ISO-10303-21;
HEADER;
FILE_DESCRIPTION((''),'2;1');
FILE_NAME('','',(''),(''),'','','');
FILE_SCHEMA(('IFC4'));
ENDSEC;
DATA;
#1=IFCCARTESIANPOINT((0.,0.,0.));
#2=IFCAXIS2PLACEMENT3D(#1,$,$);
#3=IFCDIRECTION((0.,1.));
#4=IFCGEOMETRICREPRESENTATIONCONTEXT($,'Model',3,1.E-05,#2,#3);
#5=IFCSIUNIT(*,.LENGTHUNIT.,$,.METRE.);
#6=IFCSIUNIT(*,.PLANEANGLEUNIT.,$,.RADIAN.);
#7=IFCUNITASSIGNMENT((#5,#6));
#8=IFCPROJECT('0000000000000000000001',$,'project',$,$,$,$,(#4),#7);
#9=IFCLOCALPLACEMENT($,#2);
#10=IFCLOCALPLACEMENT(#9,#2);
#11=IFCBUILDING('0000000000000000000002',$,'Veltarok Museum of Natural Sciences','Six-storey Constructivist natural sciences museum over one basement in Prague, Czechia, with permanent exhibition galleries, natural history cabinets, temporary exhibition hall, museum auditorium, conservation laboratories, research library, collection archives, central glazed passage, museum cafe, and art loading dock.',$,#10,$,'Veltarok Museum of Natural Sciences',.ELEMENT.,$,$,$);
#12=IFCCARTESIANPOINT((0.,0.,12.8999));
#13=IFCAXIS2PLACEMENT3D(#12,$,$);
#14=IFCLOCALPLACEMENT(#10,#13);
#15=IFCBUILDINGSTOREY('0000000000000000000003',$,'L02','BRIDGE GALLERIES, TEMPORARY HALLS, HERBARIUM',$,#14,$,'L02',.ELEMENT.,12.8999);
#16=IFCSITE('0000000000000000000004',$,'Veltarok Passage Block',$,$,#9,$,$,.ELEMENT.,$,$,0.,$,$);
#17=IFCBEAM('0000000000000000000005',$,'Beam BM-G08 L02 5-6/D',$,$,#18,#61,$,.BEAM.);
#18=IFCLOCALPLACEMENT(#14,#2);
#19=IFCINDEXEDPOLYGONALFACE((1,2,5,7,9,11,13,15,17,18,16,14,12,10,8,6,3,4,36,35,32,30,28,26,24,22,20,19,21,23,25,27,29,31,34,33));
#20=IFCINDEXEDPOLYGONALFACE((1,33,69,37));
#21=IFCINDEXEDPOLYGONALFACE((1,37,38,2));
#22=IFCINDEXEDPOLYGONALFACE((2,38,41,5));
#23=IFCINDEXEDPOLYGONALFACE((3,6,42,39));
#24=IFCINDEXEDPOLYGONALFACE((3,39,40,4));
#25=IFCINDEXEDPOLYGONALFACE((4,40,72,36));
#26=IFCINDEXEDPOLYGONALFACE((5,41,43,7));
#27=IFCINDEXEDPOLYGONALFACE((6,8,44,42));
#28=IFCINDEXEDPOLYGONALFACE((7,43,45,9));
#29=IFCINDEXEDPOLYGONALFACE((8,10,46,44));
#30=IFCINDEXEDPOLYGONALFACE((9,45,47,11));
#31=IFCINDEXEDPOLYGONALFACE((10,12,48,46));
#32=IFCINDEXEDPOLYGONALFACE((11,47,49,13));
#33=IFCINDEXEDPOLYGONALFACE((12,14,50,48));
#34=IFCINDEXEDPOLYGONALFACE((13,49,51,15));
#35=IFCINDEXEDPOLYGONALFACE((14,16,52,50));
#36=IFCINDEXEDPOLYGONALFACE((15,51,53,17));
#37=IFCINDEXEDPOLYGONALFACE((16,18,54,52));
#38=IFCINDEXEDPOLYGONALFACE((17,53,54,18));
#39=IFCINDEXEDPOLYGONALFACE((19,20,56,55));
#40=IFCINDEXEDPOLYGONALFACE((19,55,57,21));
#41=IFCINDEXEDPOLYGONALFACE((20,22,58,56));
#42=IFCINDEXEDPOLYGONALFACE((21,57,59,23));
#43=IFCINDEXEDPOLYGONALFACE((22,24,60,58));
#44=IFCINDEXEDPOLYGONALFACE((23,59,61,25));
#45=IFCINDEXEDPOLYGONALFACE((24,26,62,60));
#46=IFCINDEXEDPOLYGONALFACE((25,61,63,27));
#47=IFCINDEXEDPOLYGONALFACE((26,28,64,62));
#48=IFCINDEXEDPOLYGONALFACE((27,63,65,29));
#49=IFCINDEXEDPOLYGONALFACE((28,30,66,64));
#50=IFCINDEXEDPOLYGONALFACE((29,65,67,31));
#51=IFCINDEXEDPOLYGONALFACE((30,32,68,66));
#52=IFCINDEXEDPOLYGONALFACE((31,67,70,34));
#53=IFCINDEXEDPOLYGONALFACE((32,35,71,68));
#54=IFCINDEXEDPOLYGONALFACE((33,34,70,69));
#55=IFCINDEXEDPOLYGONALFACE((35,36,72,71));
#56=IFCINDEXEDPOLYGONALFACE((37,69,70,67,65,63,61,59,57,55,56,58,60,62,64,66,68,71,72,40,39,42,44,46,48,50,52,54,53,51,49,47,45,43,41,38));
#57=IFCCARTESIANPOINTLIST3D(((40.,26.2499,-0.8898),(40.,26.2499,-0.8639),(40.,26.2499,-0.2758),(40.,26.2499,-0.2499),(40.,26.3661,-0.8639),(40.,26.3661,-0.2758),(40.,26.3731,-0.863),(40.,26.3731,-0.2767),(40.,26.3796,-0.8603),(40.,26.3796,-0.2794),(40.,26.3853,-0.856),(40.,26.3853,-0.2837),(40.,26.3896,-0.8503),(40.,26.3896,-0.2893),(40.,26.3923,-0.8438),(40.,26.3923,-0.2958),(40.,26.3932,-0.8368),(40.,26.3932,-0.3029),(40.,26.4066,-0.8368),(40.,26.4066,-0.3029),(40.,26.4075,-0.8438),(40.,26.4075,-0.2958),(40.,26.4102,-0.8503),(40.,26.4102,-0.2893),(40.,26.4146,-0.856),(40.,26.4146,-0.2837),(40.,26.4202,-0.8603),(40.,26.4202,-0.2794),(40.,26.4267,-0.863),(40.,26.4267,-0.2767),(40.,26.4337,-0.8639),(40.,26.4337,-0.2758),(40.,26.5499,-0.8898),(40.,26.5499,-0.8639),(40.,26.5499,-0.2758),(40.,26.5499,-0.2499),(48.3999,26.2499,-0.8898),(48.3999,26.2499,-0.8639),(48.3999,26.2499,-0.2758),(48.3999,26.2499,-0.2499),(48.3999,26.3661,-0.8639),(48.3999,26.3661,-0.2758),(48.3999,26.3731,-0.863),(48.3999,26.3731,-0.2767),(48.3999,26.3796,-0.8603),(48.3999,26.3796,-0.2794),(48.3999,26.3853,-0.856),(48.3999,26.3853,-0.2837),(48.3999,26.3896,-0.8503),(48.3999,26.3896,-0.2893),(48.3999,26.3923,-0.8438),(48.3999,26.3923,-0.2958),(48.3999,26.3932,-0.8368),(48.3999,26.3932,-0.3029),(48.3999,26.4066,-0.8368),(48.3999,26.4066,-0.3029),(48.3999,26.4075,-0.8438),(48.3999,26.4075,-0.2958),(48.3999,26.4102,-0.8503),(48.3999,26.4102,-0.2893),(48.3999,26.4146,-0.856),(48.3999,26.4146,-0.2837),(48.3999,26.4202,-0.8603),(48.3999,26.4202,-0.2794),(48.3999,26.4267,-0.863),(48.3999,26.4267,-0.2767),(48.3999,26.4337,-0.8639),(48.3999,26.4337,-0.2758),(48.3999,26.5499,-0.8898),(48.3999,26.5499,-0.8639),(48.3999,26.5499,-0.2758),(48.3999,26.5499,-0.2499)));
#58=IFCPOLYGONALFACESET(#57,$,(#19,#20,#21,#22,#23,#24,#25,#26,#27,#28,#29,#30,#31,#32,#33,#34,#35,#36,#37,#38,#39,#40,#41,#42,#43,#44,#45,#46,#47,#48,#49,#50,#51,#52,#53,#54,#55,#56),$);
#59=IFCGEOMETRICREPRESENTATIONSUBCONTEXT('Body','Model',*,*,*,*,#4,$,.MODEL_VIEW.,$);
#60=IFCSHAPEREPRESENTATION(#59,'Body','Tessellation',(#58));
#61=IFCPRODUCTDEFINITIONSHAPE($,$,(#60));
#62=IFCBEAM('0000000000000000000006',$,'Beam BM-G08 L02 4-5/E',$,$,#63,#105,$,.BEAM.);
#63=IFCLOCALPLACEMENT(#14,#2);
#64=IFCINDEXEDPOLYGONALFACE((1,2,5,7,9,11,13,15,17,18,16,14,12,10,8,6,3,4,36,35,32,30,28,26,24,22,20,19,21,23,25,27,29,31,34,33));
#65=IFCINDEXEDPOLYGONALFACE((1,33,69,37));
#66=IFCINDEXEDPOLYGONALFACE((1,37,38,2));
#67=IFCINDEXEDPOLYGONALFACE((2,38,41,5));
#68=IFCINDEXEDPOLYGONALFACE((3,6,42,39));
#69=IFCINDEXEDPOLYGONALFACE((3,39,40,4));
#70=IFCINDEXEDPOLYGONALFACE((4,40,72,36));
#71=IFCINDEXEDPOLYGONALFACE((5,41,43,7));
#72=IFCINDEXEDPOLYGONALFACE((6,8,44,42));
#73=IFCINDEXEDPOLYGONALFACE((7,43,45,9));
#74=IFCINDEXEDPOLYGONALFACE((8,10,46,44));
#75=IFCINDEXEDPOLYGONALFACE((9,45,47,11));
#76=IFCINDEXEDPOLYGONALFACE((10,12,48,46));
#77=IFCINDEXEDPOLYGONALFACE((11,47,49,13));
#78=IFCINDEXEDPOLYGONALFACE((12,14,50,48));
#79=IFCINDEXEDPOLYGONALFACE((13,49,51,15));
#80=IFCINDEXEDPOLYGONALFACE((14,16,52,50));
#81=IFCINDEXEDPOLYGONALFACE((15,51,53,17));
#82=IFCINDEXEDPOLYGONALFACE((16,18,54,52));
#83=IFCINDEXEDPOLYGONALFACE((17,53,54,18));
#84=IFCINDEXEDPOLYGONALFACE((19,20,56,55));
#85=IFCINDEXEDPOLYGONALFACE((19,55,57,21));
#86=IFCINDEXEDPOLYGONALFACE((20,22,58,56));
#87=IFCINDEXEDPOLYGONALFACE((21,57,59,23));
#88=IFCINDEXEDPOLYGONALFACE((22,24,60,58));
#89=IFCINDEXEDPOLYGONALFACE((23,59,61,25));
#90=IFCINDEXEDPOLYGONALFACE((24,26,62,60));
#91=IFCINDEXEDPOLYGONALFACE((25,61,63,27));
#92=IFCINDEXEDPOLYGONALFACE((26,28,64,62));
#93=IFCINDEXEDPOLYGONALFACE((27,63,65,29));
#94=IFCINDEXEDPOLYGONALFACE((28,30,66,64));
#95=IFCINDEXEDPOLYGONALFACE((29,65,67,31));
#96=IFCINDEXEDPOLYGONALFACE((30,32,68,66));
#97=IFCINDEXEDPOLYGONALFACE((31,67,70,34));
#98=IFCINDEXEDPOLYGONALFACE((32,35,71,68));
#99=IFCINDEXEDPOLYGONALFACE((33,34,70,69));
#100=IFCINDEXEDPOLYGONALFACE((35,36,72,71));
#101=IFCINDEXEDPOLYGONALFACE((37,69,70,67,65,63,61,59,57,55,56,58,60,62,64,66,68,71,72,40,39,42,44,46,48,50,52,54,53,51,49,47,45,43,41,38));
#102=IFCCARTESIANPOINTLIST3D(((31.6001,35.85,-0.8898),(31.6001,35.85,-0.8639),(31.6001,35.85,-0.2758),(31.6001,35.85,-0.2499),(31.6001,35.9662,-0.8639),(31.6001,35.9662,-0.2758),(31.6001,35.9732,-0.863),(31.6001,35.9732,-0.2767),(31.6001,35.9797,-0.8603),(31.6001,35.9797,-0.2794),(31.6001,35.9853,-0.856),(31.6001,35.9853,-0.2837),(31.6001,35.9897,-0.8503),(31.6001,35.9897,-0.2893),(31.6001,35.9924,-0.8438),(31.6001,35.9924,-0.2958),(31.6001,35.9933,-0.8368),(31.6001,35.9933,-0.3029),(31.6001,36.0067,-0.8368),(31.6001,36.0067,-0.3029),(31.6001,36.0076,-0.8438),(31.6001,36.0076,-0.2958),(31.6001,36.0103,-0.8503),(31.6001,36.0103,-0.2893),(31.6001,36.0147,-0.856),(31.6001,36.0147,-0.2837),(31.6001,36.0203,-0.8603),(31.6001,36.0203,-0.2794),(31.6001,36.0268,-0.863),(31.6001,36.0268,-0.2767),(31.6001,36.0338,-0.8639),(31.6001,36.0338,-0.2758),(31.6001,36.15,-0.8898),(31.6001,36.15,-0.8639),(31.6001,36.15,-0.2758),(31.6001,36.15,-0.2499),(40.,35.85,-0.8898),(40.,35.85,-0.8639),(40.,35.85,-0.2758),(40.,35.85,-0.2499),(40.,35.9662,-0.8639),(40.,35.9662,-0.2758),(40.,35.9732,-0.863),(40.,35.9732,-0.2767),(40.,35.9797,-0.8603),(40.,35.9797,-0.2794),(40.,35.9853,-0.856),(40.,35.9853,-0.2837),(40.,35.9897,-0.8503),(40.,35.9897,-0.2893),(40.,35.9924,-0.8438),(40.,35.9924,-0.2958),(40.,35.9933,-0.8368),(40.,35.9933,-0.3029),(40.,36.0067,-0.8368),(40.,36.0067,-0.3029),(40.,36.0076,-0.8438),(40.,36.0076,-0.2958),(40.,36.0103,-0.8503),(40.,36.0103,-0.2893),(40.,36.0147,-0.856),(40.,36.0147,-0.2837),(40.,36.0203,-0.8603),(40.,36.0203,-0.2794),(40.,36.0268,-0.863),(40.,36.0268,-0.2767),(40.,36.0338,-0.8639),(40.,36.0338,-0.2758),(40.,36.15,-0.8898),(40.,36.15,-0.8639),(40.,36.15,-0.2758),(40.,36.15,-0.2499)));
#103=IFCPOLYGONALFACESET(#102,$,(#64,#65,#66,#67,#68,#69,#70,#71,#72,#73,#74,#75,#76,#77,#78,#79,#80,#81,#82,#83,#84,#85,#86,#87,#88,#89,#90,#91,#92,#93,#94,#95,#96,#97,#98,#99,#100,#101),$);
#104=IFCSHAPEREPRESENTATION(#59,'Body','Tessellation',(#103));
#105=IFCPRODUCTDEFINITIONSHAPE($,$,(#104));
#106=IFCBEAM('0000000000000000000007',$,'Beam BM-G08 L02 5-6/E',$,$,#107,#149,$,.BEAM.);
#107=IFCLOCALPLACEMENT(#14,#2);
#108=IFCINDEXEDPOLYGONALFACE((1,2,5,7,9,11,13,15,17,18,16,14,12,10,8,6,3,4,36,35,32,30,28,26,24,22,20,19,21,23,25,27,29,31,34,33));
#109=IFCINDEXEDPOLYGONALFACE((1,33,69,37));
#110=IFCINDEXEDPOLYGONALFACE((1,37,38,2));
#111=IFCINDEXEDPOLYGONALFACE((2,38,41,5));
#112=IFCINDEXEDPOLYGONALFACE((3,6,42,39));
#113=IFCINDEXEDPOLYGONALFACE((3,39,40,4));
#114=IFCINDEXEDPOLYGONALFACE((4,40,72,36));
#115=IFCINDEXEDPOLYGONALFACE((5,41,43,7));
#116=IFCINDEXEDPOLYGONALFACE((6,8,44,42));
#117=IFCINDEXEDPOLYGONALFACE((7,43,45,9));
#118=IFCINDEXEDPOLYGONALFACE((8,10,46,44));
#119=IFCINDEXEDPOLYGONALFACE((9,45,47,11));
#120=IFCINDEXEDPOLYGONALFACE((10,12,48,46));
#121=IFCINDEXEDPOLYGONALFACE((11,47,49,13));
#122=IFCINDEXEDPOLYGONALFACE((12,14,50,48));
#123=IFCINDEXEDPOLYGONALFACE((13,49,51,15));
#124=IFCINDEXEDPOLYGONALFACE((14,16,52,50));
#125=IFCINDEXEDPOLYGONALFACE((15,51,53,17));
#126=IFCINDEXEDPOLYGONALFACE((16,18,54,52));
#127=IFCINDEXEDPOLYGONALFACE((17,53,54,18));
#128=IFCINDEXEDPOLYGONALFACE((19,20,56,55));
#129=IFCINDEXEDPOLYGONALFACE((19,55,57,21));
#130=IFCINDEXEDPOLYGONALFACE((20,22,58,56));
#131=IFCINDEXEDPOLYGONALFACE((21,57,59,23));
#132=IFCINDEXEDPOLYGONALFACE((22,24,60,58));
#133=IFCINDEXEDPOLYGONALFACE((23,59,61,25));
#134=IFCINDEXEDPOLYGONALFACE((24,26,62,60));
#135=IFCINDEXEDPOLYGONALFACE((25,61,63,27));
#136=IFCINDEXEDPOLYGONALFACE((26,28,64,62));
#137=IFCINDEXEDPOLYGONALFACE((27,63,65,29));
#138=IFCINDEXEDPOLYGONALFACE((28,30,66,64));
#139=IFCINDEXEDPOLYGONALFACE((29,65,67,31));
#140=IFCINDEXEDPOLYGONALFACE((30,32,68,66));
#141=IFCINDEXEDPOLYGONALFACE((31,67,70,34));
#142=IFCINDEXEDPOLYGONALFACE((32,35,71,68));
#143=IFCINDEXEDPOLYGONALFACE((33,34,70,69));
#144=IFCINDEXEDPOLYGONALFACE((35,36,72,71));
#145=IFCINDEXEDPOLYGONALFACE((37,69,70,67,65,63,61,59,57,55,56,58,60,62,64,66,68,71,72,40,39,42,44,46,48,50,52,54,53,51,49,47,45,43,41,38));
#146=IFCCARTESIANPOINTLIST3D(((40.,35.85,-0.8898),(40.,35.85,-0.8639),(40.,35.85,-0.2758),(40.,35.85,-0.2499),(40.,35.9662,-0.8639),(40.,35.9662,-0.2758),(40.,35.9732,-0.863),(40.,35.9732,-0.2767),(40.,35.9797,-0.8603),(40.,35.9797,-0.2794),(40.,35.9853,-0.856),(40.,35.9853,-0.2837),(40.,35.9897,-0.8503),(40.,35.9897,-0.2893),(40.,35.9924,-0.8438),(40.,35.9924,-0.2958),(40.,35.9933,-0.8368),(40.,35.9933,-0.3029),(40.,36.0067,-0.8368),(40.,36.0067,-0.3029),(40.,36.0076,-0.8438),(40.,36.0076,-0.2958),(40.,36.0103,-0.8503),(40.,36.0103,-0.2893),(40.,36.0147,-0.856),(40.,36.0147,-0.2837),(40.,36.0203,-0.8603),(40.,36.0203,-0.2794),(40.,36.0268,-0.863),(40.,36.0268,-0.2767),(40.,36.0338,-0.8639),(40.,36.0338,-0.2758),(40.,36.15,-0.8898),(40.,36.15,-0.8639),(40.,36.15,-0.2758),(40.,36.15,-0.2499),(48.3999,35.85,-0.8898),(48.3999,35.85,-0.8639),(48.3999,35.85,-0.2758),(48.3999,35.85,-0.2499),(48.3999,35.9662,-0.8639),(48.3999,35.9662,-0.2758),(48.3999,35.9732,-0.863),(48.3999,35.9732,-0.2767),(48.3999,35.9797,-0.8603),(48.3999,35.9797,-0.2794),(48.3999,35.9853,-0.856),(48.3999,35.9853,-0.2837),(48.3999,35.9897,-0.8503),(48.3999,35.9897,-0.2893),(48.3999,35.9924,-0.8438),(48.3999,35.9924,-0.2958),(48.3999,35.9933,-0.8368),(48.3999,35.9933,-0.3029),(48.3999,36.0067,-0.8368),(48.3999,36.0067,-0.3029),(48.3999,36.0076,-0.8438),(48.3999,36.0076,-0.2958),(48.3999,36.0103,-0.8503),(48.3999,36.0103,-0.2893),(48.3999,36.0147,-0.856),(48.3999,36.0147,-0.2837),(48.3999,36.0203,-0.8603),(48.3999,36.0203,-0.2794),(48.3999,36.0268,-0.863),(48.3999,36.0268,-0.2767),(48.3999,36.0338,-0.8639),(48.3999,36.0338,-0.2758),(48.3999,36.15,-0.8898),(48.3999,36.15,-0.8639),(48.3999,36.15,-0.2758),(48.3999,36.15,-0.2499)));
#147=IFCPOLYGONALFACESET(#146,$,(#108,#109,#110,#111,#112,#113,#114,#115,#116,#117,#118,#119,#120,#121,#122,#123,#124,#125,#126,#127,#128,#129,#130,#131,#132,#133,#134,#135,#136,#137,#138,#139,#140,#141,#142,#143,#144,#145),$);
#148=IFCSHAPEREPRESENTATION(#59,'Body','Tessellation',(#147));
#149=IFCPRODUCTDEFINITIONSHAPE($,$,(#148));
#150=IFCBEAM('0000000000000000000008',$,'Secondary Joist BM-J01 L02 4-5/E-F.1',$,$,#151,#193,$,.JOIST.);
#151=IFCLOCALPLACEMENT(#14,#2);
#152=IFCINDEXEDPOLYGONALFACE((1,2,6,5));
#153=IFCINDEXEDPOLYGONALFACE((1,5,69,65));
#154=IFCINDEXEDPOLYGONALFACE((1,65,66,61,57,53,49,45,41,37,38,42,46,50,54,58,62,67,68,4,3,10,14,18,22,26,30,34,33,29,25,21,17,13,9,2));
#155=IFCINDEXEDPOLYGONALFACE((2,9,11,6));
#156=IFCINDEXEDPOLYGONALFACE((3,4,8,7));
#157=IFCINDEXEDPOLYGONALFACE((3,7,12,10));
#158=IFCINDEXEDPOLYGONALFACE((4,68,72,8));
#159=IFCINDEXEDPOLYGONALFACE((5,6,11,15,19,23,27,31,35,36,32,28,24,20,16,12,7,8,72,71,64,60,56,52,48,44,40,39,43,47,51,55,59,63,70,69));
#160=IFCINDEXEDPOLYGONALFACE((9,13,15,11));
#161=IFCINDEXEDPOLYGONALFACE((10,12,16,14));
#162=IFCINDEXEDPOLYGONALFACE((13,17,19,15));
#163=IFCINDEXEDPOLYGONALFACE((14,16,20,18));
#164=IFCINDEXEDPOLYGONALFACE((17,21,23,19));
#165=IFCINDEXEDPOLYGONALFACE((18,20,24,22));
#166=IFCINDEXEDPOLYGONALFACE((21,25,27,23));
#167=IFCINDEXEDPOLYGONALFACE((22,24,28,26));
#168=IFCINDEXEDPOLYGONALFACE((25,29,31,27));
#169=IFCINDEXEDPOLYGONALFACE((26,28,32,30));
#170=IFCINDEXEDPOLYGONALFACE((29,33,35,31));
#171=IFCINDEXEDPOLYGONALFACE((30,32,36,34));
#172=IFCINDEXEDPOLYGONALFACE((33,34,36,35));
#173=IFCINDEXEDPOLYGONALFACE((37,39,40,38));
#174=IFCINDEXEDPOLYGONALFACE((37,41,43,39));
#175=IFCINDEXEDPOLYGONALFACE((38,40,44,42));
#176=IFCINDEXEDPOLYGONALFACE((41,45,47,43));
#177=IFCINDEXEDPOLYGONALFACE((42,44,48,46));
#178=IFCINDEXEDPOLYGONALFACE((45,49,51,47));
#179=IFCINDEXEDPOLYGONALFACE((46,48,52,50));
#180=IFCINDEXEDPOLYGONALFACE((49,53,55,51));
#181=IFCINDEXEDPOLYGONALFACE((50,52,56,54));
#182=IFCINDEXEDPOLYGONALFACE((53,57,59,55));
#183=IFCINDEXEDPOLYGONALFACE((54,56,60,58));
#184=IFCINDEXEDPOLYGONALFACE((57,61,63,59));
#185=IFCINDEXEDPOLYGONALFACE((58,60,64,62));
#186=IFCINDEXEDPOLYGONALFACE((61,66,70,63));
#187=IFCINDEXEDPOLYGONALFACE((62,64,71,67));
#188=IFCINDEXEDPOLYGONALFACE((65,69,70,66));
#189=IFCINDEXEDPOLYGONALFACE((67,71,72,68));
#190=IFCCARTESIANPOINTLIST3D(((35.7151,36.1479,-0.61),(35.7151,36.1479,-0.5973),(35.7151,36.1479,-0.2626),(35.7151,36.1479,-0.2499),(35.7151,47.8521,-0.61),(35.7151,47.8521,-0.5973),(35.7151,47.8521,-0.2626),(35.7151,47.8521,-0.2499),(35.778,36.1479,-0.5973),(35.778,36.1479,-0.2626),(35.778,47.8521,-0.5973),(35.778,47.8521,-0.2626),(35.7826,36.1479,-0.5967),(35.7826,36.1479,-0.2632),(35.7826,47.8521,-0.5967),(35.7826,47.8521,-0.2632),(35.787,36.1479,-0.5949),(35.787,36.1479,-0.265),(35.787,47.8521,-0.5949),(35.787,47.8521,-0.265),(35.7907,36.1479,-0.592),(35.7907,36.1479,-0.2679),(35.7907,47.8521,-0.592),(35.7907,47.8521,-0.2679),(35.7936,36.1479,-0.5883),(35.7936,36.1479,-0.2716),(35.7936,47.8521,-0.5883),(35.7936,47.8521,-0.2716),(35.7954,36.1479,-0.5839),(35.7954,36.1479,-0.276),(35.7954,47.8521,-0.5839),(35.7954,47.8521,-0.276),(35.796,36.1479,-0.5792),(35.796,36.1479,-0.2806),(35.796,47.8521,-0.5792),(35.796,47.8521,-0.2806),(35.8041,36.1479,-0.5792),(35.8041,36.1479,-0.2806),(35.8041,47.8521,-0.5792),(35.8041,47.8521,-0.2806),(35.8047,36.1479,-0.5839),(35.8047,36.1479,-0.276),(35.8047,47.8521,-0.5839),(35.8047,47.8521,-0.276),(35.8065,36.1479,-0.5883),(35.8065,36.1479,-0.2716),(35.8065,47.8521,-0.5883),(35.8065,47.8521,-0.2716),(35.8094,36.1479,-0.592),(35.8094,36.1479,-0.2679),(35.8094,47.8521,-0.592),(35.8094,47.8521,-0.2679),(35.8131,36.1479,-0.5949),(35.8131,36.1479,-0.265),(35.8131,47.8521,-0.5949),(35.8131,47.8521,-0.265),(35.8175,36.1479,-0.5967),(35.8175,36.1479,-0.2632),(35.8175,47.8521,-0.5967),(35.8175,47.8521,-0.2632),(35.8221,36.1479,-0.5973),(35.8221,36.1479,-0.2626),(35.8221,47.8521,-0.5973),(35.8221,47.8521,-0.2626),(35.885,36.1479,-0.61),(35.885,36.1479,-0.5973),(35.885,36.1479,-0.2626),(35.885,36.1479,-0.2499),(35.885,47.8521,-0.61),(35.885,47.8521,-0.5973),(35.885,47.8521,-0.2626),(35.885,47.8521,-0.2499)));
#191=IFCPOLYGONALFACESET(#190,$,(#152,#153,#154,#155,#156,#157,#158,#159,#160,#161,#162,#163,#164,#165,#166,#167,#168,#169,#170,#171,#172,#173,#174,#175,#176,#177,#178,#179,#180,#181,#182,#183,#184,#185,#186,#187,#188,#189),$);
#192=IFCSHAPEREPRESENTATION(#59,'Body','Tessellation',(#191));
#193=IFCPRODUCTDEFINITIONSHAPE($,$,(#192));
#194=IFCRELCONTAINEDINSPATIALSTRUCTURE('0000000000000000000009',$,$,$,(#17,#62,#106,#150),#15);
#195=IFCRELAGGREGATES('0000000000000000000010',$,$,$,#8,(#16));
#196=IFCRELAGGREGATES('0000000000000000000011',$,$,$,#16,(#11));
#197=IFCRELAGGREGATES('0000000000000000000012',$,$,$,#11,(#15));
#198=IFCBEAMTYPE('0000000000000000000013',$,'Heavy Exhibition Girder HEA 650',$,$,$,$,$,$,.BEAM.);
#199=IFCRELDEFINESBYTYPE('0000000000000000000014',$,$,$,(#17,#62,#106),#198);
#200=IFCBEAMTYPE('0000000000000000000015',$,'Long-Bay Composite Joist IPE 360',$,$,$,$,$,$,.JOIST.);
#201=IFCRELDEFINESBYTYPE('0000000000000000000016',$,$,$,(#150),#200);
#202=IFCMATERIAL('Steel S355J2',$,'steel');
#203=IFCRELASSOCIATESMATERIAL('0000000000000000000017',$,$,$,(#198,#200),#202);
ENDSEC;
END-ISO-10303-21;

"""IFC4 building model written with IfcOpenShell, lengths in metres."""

from ifc_helpers import new_model, si_unit, direction, frame, origin, origin_2d, place, context, subcontext, project, spatial, i_section, extrude, material, material_profile, profile_set, type_object, element, save


model = new_model("IFC4")

# Units and contexts
model_context = context("Model", 3, precision=1e-05, world=origin(), true_north=direction((0.0, 1.0)))
body_context = subcontext(model_context, "Body", "Model", "MODEL_VIEW")
ifc_project = project(units=[si_unit("LENGTHUNIT", "METRE"), si_unit("PLANEANGLEUNIT", "RADIAN")], contexts=[model_context])

# Site, building, storey
site_placement = place(None, origin())
site = spatial("IfcSite", under=ifc_project, at=site_placement, Name="Veltarok Passage Block", CompositionType="ELEMENT", RefElevation=0.0)
building_placement = place(site_placement, origin())
building = spatial("IfcBuilding", under=site, at=building_placement, Name="Veltarok Museum of Natural Sciences", Description="Six-storey Constructivist natural sciences museum over one basement in Prague, Czechia, with permanent exhibition galleries, natural history cabinets, temporary exhibition hall, museum auditorium, conservation laboratories, research library, collection archives, central glazed passage, museum cafe, and art loading dock.", LongName="Veltarok Museum of Natural Sciences", CompositionType="ELEMENT")
storey_placement = place(building_placement, frame((0.0, 0.0, 12.8999)))
storey = spatial("IfcBuildingStorey", under=building, at=storey_placement, Name="L02", Description="BRIDGE GALLERIES, TEMPORARY HALLS, HERBARIUM", LongName="L02", CompositionType="ELEMENT", Elevation=12.8999)

# Shared definitions
ifc_material_1 = material(Name="Steel S355J2", Category="steel")

# Beams
ifc_material_profile_1 = material_profile(ifc_material_1, i_section(OverallWidth=0.3, OverallDepth=0.6399, WebThickness=0.0134, FlangeThickness=0.0259, FilletRadius=0.0271, at=origin_2d()), Name="HEA 650")
ifc_profile_set_1 = profile_set([ifc_material_profile_1], Name="Steel S355J2")
beam_type_1 = type_object("IfcBeamType", Name="Heavy Exhibition Girder HEA 650", PredefinedType="BEAM", material=ifc_profile_set_1)
for number, where, z_axis, x_axis, name in (
    (1, (40.0, 26.3999, -0.5698), (1.0, 0.0, 0.0), (0.0, 1.0, 0.0), "Beam BM-G08 L02 5-6/D"),
    (2, (31.6001, 36.0, -0.5698), (1.0, 0.0, 0.0), (0.0, 1.0, 0.0), "Beam BM-G08 L02 4-5/E"),
    (3, (40.0, 36.0, -0.5698), (1.0, 0.0, 0.0), (0.0, 1.0, 0.0), "Beam BM-G08 L02 5-6/E"),
):
    element("IfcBeam", number, at=place(storey_placement, frame(where, z_axis=z_axis, x_axis=x_axis)), inside=storey, type_object=beam_type_1, Name=name, PredefinedType="BEAM", context=body_context, shape_type="SweptSolid", body=[
        extrude(i_section(OverallWidth=0.3, OverallDepth=0.6399, WebThickness=0.0134, FlangeThickness=0.0259, FilletRadius=0.0271, at=origin_2d()), origin(), (0.0, 0.0, 1.0), 8.3999),
    ])
ifc_material_profile_2 = material_profile(ifc_material_1, i_section(OverallWidth=0.1699, OverallDepth=0.3601, WebThickness=0.0081, FlangeThickness=0.0127, FilletRadius=0.0181, at=origin_2d()), Name="IPE 360")
ifc_profile_set_2 = profile_set([ifc_material_profile_2], Name="Steel S355J2")
beam_type_2 = type_object("IfcBeamType", Name="Long-Bay Composite Joist IPE 360", PredefinedType="JOIST", material=ifc_profile_set_2)
beam_1_placement = place(storey_placement, frame((35.8, 36.1479, -0.4299), z_axis=(0.0, 1.0, 0.0), x_axis=(-1.0, 0.0, 0.0)))
element("IfcBeam", 4, at=beam_1_placement, inside=storey, type_object=beam_type_2, Name="Secondary Joist BM-J01 L02 4-5/E-F.1", PredefinedType="JOIST", context=body_context, shape_type="SweptSolid", body=[
    extrude(i_section(OverallWidth=0.1699, OverallDepth=0.3601, WebThickness=0.0081, FlangeThickness=0.0127, FilletRadius=0.0181, at=origin_2d()), origin(), (0.0, 0.0, 1.0), 11.7041),
])

save(model, "model.ifc")
